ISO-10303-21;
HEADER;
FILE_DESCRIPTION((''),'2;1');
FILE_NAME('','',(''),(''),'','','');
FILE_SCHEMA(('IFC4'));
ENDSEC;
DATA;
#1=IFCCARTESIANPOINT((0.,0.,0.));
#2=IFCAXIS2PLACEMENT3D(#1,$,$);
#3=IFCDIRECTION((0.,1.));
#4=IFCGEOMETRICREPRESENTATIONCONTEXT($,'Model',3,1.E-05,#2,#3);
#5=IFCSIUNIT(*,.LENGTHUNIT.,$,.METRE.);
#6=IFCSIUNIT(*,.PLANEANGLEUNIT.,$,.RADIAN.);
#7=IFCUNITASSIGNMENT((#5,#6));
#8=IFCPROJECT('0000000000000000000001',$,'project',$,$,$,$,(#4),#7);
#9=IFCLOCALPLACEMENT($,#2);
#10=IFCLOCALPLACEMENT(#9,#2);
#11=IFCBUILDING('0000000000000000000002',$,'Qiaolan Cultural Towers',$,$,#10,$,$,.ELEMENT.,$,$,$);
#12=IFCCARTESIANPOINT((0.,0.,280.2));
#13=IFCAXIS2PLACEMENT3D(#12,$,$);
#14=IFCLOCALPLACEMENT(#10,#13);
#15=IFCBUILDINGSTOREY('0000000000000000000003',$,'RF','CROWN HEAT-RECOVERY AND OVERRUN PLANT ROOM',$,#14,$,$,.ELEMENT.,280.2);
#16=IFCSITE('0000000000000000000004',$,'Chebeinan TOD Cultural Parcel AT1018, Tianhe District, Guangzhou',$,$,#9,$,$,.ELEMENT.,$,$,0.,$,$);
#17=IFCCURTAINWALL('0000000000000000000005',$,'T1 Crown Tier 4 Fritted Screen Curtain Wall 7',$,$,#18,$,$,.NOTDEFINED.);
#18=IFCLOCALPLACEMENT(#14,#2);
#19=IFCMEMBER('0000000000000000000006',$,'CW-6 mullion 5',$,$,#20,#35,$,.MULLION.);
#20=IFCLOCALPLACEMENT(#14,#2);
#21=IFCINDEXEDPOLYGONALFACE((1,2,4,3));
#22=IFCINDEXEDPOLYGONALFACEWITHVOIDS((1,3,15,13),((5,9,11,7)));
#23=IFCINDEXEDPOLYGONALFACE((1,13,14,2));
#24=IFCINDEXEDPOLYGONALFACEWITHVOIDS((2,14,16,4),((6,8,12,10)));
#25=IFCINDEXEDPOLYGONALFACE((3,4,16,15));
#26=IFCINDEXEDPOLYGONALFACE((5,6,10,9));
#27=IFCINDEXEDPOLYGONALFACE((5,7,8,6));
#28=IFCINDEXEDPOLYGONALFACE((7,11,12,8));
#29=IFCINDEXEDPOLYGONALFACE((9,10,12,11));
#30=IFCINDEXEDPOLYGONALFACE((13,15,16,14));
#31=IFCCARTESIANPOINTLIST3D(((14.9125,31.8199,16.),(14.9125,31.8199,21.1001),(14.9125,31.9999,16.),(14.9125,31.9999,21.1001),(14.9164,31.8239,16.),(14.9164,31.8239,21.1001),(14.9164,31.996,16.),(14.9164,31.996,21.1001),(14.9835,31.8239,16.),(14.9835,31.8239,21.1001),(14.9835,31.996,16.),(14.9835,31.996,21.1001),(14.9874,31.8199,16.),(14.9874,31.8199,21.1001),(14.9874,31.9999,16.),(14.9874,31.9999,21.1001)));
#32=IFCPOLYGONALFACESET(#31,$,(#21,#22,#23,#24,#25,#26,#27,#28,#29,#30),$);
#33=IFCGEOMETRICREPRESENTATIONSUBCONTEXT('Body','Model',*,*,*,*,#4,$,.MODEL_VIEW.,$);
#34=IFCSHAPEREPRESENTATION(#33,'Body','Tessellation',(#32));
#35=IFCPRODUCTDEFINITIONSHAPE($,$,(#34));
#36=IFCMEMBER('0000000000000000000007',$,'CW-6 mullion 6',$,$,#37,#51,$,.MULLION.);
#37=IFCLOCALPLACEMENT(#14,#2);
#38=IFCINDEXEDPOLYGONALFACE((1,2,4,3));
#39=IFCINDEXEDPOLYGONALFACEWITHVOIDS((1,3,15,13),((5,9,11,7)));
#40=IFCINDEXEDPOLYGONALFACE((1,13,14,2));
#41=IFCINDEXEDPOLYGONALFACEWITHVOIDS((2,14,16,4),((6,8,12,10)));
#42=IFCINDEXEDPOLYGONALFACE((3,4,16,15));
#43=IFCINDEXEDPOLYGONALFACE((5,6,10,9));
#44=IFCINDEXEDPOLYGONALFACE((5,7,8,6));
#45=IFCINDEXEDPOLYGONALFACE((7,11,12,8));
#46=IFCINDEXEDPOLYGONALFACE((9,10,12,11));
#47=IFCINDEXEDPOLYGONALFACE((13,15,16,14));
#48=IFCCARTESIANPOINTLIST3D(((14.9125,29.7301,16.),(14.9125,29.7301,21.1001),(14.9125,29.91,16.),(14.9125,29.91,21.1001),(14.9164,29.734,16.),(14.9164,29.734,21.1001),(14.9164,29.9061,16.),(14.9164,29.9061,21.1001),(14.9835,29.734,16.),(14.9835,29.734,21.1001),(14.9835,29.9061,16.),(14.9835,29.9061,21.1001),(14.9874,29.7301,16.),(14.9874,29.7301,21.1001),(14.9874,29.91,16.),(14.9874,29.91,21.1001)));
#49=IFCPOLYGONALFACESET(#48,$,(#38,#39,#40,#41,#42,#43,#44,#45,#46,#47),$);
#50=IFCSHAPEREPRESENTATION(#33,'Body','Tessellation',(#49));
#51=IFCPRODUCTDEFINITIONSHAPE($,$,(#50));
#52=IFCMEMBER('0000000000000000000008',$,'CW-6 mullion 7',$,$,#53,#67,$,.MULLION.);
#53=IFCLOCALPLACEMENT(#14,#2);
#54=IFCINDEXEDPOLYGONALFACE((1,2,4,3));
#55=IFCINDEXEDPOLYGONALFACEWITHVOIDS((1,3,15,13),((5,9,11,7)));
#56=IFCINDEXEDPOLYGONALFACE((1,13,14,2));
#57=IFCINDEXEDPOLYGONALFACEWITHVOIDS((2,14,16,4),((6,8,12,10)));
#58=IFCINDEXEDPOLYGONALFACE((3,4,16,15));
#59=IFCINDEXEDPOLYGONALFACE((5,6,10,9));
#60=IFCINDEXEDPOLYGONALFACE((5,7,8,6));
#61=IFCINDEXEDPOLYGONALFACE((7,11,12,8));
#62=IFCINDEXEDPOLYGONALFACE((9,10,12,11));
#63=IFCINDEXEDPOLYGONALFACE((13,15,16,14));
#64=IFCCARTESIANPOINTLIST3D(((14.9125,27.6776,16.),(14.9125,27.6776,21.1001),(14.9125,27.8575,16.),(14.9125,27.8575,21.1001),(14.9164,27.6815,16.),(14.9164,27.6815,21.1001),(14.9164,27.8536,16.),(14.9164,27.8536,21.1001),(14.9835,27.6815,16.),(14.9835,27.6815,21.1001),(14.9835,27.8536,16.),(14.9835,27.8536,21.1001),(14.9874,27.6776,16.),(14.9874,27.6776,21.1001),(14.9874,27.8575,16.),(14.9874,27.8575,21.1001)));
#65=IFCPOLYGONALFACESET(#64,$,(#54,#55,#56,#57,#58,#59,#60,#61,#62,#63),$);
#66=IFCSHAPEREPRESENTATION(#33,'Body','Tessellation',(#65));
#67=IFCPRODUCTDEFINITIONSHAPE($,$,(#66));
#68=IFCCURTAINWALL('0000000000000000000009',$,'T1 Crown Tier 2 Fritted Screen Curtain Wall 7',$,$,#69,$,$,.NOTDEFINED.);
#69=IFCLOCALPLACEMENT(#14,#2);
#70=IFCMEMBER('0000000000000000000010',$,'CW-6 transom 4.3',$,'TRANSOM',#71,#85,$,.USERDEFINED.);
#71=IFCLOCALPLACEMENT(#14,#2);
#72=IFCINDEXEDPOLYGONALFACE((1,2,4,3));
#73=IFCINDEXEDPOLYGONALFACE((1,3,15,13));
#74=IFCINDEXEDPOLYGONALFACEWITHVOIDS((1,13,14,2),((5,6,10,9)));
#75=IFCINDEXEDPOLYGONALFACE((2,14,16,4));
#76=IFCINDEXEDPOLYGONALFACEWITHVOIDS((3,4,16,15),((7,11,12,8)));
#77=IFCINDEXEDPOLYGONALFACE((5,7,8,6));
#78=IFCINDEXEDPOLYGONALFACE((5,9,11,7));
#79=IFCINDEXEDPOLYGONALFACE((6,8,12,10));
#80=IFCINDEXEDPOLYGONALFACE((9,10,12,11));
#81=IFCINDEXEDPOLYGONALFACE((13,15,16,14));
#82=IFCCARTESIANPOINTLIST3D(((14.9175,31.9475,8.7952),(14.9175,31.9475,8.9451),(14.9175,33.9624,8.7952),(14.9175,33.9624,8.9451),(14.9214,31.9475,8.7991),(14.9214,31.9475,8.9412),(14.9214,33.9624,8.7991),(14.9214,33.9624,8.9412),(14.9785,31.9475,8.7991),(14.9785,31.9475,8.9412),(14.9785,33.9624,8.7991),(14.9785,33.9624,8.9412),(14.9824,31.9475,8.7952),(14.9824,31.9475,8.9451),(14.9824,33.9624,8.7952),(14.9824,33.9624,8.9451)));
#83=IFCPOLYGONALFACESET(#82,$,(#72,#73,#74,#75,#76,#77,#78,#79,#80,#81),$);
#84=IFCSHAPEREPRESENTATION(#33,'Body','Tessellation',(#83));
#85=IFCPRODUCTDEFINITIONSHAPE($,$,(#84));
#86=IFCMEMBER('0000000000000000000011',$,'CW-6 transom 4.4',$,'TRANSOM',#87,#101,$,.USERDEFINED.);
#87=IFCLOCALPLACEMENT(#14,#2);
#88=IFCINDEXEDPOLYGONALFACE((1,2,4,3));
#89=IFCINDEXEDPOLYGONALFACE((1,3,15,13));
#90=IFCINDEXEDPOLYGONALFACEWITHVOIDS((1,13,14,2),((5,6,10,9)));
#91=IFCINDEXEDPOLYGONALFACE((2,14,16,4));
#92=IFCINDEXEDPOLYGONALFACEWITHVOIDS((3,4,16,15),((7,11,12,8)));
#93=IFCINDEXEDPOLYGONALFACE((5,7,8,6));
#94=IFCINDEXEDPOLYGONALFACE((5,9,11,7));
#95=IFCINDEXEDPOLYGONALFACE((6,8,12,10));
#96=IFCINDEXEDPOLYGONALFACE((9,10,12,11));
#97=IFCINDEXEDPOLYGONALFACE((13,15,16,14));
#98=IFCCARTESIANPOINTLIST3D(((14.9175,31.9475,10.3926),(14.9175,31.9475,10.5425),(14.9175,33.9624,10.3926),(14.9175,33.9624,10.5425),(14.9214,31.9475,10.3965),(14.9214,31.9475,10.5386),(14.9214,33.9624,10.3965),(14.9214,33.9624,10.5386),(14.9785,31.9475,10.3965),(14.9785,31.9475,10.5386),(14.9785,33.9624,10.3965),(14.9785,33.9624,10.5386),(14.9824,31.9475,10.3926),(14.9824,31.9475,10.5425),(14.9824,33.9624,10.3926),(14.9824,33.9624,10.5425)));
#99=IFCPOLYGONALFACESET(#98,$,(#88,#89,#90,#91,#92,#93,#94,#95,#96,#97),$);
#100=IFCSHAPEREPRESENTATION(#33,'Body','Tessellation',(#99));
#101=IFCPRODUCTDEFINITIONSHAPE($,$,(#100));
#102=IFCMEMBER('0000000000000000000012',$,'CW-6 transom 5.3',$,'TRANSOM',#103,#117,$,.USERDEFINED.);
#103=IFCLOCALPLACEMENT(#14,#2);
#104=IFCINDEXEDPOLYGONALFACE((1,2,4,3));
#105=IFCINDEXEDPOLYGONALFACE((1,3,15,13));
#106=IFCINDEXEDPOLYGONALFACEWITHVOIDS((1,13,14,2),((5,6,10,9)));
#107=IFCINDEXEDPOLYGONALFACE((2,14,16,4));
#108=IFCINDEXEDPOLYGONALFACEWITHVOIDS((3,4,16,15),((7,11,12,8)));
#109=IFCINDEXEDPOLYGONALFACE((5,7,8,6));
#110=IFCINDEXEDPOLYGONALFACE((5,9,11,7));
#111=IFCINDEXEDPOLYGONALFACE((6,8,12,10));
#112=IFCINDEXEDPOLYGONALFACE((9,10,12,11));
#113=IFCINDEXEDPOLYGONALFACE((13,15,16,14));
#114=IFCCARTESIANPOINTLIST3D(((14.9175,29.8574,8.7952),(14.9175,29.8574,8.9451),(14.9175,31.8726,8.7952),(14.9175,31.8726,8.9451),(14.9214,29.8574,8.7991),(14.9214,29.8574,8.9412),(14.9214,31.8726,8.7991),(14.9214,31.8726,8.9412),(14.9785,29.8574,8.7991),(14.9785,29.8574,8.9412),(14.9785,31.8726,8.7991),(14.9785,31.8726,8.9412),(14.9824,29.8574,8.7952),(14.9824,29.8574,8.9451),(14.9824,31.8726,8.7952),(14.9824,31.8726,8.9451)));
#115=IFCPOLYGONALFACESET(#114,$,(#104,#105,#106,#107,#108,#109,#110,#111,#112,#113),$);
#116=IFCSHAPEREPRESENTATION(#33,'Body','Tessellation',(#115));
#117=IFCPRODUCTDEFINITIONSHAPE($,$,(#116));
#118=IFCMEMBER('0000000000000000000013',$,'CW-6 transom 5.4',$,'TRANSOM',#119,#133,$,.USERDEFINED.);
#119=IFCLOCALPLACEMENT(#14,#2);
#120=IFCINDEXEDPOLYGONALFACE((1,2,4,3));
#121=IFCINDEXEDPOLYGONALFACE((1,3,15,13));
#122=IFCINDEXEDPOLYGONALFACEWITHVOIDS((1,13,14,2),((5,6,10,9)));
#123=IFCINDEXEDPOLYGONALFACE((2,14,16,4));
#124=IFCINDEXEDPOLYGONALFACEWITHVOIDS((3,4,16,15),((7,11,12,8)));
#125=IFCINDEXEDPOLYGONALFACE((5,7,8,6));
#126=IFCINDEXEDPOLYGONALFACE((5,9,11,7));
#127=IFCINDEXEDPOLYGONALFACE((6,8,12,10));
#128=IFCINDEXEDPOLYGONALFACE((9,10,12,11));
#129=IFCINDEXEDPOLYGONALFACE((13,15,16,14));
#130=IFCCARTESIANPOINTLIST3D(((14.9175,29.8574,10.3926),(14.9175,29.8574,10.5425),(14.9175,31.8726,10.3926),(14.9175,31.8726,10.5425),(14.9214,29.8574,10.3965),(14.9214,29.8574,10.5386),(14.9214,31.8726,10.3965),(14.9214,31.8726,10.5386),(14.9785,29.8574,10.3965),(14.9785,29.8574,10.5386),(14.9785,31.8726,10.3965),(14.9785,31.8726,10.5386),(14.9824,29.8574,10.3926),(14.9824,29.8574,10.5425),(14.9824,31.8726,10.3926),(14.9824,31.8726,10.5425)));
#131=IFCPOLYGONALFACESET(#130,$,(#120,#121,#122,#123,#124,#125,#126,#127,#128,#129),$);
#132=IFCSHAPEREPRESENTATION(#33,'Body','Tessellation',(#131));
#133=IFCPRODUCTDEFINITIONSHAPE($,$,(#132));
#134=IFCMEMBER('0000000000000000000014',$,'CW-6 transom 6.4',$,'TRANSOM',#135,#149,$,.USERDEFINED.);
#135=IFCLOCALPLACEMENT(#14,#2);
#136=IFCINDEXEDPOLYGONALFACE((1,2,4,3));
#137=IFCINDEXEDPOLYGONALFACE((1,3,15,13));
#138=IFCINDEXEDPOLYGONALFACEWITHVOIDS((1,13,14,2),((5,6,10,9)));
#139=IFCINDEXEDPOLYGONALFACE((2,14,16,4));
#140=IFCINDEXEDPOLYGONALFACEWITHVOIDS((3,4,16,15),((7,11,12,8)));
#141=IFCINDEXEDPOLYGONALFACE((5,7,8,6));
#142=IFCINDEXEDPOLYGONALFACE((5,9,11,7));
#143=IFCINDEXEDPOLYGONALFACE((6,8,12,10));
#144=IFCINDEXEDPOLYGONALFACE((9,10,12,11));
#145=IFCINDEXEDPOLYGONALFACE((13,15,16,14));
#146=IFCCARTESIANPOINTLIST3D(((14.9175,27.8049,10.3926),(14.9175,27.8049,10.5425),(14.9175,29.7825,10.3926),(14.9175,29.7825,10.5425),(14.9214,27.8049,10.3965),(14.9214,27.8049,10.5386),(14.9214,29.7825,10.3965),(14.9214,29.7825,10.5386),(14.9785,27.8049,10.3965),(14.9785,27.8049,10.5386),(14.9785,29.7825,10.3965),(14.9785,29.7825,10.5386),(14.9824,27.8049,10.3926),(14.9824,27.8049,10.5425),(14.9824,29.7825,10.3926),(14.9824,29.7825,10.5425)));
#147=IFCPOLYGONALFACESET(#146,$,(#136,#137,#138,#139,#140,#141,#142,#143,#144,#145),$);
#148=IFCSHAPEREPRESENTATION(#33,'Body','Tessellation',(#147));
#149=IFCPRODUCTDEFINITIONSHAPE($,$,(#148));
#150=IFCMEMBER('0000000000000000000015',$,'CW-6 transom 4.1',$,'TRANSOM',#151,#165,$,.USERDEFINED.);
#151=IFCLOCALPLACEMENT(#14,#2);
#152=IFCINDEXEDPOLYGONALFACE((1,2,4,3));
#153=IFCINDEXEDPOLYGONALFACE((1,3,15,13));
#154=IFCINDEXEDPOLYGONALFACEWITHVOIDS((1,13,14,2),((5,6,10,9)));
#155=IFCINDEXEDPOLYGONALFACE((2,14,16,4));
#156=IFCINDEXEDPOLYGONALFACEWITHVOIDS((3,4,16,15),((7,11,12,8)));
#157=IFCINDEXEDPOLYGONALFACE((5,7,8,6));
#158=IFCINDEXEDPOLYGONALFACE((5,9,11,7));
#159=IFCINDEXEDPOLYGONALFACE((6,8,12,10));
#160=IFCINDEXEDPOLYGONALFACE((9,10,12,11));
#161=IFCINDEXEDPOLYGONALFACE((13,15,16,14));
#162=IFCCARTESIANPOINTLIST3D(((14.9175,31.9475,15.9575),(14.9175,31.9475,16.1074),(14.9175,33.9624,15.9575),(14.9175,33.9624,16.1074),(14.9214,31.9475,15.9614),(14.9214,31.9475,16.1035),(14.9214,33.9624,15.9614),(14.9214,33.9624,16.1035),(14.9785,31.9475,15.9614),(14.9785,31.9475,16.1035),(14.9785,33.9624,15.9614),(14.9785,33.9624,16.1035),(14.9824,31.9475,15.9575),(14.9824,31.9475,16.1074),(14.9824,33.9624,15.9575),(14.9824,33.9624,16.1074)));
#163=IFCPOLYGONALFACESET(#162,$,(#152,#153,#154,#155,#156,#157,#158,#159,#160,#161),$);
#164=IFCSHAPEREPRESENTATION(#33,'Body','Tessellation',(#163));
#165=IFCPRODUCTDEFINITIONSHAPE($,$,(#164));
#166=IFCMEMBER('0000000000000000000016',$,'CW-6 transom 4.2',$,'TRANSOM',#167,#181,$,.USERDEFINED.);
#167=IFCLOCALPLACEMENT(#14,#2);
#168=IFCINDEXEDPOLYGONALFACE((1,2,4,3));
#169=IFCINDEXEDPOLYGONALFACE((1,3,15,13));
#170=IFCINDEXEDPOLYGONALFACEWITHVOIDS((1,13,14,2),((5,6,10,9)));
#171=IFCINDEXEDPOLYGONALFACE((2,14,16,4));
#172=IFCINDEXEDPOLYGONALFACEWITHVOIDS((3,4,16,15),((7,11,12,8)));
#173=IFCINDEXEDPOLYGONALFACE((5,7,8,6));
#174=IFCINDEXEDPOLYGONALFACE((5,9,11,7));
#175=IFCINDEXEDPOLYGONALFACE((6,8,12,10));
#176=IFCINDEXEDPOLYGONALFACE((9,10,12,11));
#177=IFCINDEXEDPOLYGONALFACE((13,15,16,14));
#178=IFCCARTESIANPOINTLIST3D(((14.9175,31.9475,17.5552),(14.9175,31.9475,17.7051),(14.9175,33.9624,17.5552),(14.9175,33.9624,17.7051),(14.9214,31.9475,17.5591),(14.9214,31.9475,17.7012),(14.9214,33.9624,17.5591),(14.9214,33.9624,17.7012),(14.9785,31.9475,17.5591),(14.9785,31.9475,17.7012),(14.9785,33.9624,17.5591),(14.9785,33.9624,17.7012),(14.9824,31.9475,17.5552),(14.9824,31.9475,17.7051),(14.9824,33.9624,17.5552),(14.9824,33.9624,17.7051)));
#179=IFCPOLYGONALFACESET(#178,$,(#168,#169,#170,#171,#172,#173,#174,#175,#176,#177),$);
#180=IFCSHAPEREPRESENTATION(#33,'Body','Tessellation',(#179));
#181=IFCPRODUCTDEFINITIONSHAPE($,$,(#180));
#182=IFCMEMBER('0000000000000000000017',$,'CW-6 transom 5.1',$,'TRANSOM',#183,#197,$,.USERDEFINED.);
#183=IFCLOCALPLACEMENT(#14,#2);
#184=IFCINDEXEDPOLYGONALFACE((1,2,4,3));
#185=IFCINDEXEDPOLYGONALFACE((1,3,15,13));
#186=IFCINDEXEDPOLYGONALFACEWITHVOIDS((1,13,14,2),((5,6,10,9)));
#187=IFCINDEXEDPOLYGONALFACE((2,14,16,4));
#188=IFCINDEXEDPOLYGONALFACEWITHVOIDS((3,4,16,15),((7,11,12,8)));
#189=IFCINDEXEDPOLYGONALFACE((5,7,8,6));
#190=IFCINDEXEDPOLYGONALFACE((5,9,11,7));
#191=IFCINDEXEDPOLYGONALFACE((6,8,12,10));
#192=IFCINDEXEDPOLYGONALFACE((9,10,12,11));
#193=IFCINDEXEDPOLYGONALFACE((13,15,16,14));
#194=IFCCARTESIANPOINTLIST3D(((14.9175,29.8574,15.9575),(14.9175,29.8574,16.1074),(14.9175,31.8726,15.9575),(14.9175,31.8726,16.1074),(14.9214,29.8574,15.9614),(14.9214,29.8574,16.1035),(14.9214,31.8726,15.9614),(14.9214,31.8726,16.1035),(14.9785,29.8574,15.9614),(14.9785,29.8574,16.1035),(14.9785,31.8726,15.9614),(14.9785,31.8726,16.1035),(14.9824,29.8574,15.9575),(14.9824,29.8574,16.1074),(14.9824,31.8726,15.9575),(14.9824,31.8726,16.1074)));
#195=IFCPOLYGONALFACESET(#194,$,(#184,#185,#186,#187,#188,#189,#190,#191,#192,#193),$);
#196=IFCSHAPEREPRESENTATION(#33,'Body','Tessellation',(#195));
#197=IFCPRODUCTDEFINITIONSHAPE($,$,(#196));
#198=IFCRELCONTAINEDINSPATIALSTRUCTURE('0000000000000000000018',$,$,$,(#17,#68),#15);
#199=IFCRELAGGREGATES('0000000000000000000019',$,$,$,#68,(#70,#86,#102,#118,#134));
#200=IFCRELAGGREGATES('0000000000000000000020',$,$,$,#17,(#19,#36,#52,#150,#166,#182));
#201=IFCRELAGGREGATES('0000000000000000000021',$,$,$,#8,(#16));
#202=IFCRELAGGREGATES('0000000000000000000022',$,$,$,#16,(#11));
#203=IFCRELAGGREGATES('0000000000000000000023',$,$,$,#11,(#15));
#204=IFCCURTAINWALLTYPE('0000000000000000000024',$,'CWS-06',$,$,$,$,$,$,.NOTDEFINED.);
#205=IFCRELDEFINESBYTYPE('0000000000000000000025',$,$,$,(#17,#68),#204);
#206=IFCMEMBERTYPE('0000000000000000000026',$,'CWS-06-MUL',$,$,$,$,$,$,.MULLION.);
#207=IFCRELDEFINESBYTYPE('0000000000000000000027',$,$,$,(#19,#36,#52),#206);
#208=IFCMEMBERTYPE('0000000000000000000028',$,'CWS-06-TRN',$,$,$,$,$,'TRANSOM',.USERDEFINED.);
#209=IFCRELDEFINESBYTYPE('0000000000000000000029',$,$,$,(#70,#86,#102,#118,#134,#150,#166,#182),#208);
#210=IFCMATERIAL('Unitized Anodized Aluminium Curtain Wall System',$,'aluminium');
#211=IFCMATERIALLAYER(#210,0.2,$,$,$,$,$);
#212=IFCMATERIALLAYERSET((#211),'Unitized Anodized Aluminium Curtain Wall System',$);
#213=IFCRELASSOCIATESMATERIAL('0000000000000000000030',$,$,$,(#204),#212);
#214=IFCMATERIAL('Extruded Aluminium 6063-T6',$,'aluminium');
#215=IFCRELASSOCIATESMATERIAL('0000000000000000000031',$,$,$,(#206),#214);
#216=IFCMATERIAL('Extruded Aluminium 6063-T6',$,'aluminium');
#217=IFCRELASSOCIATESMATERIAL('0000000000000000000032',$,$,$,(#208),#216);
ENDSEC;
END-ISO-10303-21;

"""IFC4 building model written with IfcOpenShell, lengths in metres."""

from ifc_helpers import new_model, si_unit, direction, frame, origin, origin_2d, place, context, subcontext, project, spatial, hollow_rectangle, extrude, material, layer, layer_set, material_profile, profile_set, type_object, element, aggregate, save


model = new_model("IFC4")

# Units and contexts
model_context = context("Model", 3, precision=1e-05, world=origin(), true_north=direction((0.0, 1.0)))
body_context = subcontext(model_context, "Body", "Model", "MODEL_VIEW")
ifc_project = project(units=[si_unit("LENGTHUNIT", "METRE"), si_unit("PLANEANGLEUNIT", "RADIAN")], contexts=[model_context])

# Site, building, storey
site_placement = place(None, origin())
site = spatial("IfcSite", under=ifc_project, at=site_placement, Name="Chebeinan TOD Cultural Parcel AT1018, Tianhe District, Guangzhou", CompositionType="ELEMENT", RefElevation=0.0)
building_placement = place(site_placement, origin())
building = spatial("IfcBuilding", under=site, at=building_placement, Name="Qiaolan Cultural Towers", CompositionType="ELEMENT")
storey_placement = place(building_placement, frame((0.0, 0.0, 280.2)))
storey = spatial("IfcBuildingStorey", under=building, at=storey_placement, Name="RF", Description="CROWN HEAT-RECOVERY AND OVERRUN PLANT ROOM", CompositionType="ELEMENT", Elevation=280.2)

# Curtain walls, members
ifc_material_1 = material(Name="Unitized Anodized Aluminium Curtain Wall System", Category="aluminium")
ifc_layer_1 = layer(ifc_material_1, 0.2)
ifc_layer_set_1 = layer_set([ifc_layer_1], Name="Unitized Anodized Aluminium Curtain Wall System")
curtain_wall_type = type_object("IfcCurtainWallType", Name="CWS-06", PredefinedType="NOTDEFINED", material=ifc_layer_set_1)
curtain_wall_1_placement = place(storey_placement, origin())
curtain_wall_1 = element("IfcCurtainWall", 1, at=curtain_wall_1_placement, inside=storey, type_object=curtain_wall_type, Name="T1 Crown Tier 4 Fritted Screen Curtain Wall 7", PredefinedType="NOTDEFINED")
ifc_material_2 = material(Name="Extruded Aluminium 6063-T6", Category="aluminium")
ifc_material_profile_1 = material_profile(ifc_material_2, hollow_rectangle(XDim=0.075, YDim=0.1799, WallThickness=0.0039, at=origin_2d()), Name="CWM-180x75x4")
ifc_profile_set_1 = profile_set([ifc_material_profile_1], Name="Extruded Aluminium 6063-T6")
member_type_1 = type_object("IfcMemberType", Name="CWS-06-MUL", PredefinedType="MULLION", material=ifc_profile_set_1)
member_1_placement = place(storey_placement, frame((14.95, 31.9099, 16.0), z_axis=(0.0, 0.0, 1.0), x_axis=(1.0, 0.0, 0.0)))
member_1 = element("IfcMember", 2, at=member_1_placement, type_object=member_type_1, Name="CW-6 mullion 5", PredefinedType="MULLION", context=body_context, shape_type="SweptSolid", body=[
    extrude(hollow_rectangle(XDim=0.075, YDim=0.1799, WallThickness=0.0039, at=origin_2d()), origin(), (0.0, 0.0, 1.0), 5.1001),
])
member_2_placement = place(storey_placement, frame((14.95, 29.8201, 16.0), z_axis=(0.0, 0.0, 1.0), x_axis=(1.0, 0.0, 0.0)))
member_2 = element("IfcMember", 3, at=member_2_placement, type_object=member_type_1, Name="CW-6 mullion 6", PredefinedType="MULLION", context=body_context, shape_type="SweptSolid", body=[
    extrude(hollow_rectangle(XDim=0.075, YDim=0.1799, WallThickness=0.0039, at=origin_2d()), origin(), (0.0, 0.0, 1.0), 5.1001),
])
member_3_placement = place(storey_placement, frame((14.95, 27.7676, 16.0), z_axis=(0.0, 0.0, 1.0), x_axis=(1.0, 0.0, 0.0)))
member_3 = element("IfcMember", 4, at=member_3_placement, type_object=member_type_1, Name="CW-6 mullion 7", PredefinedType="MULLION", context=body_context, shape_type="SweptSolid", body=[
    extrude(hollow_rectangle(XDim=0.075, YDim=0.1799, WallThickness=0.0039, at=origin_2d()), origin(), (0.0, 0.0, 1.0), 5.1001),
])
curtain_wall_2_placement = place(storey_placement, origin())
curtain_wall_2 = element("IfcCurtainWall", 5, at=curtain_wall_2_placement, inside=storey, type_object=curtain_wall_type, Name="T1 Crown Tier 2 Fritted Screen Curtain Wall 7", PredefinedType="NOTDEFINED")
ifc_material_3 = material(Name="Extruded Aluminium 6063-T6", Category="aluminium")
ifc_material_profile_2 = material_profile(ifc_material_3, hollow_rectangle(XDim=0.0649, YDim=0.1499, WallThickness=0.0039, at=origin_2d()), Name="CWT-150x65x4")
ifc_profile_set_2 = profile_set([ifc_material_profile_2], Name="Extruded Aluminium 6063-T6")
member_type_2 = type_object("IfcMemberType", Name="CWS-06-TRN", ElementType="TRANSOM", PredefinedType="USERDEFINED", material=ifc_profile_set_2)
member_4_placement = place(storey_placement, frame((14.95, 33.9624, 8.8701), z_axis=(0.0, -1.0, 0.0), x_axis=(1.0, 0.0, 0.0)))
member_4 = element("IfcMember", 6, at=member_4_placement, type_object=member_type_2, Name="CW-6 transom 4.3", ObjectType="TRANSOM", PredefinedType="USERDEFINED", context=body_context, shape_type="SweptSolid", body=[
    extrude(hollow_rectangle(XDim=0.0649, YDim=0.1499, WallThickness=0.0039, at=origin_2d()), origin(), (0.0, 0.0, 1.0), 2.0149),
])
member_5_placement = place(storey_placement, frame((14.95, 33.9624, 10.4675), z_axis=(0.0, -1.0, 0.0), x_axis=(1.0, 0.0, 0.0)))
member_5 = element("IfcMember", 7, at=member_5_placement, type_object=member_type_2, Name="CW-6 transom 4.4", ObjectType="TRANSOM", PredefinedType="USERDEFINED", context=body_context, shape_type="SweptSolid", body=[
    extrude(hollow_rectangle(XDim=0.0649, YDim=0.1499, WallThickness=0.0039, at=origin_2d()), origin(), (0.0, 0.0, 1.0), 2.0149),
])
member_6_placement = place(storey_placement, frame((14.95, 31.8726, 8.8701), z_axis=(0.0, -1.0, 0.0), x_axis=(1.0, 0.0, 0.0)))
member_6 = element("IfcMember", 8, at=member_6_placement, type_object=member_type_2, Name="CW-6 transom 5.3", ObjectType="TRANSOM", PredefinedType="USERDEFINED", context=body_context, shape_type="SweptSolid", body=[
    extrude(hollow_rectangle(XDim=0.0649, YDim=0.1499, WallThickness=0.0039, at=origin_2d()), origin(), (0.0, 0.0, 1.0), 2.0151),
])
member_7_placement = place(storey_placement, frame((14.95, 31.8726, 10.4675), z_axis=(0.0, -1.0, 0.0), x_axis=(1.0, 0.0, 0.0)))
member_7 = element("IfcMember", 9, at=member_7_placement, type_object=member_type_2, Name="CW-6 transom 5.4", ObjectType="TRANSOM", PredefinedType="USERDEFINED", context=body_context, shape_type="SweptSolid", body=[
    extrude(hollow_rectangle(XDim=0.0649, YDim=0.1499, WallThickness=0.0039, at=origin_2d()), origin(), (0.0, 0.0, 1.0), 2.0151),
])
member_8_placement = place(storey_placement, frame((14.95, 29.7825, 10.4675), z_axis=(0.0, -1.0, 0.0), x_axis=(1.0, 0.0, 0.0)))
member_8 = element("IfcMember", 10, at=member_8_placement, type_object=member_type_2, Name="CW-6 transom 6.4", ObjectType="TRANSOM", PredefinedType="USERDEFINED", context=body_context, shape_type="SweptSolid", body=[
    extrude(hollow_rectangle(XDim=0.0649, YDim=0.1499, WallThickness=0.0039, at=origin_2d()), origin(), (0.0, 0.0, 1.0), 1.9775),
])

# Members
member_9_placement = place(storey_placement, frame((14.95, 33.9624, 16.0325), z_axis=(0.0, -1.0, 0.0), x_axis=(1.0, 0.0, 0.0)))
member_9 = element("IfcMember", 11, at=member_9_placement, type_object=member_type_2, Name="CW-6 transom 4.1", ObjectType="TRANSOM", PredefinedType="USERDEFINED", context=body_context, shape_type="SweptSolid", body=[
    extrude(hollow_rectangle(XDim=0.0649, YDim=0.1499, WallThickness=0.0039, at=origin_2d()), origin(), (0.0, 0.0, 1.0), 2.0149),
])
member_10_placement = place(storey_placement, frame((14.95, 33.9624, 17.6301), z_axis=(0.0, -1.0, 0.0), x_axis=(1.0, 0.0, 0.0)))
member_10 = element("IfcMember", 12, at=member_10_placement, type_object=member_type_2, Name="CW-6 transom 4.2", ObjectType="TRANSOM", PredefinedType="USERDEFINED", context=body_context, shape_type="SweptSolid", body=[
    extrude(hollow_rectangle(XDim=0.0649, YDim=0.1499, WallThickness=0.0039, at=origin_2d()), origin(), (0.0, 0.0, 1.0), 2.0149),
])
member_11_placement = place(storey_placement, frame((14.95, 31.8726, 16.0325), z_axis=(0.0, -1.0, 0.0), x_axis=(1.0, 0.0, 0.0)))
member_11 = element("IfcMember", 13, at=member_11_placement, type_object=member_type_2, Name="CW-6 transom 5.1", ObjectType="TRANSOM", PredefinedType="USERDEFINED", context=body_context, shape_type="SweptSolid", body=[
    extrude(hollow_rectangle(XDim=0.0649, YDim=0.1499, WallThickness=0.0039, at=origin_2d()), origin(), (0.0, 0.0, 1.0), 2.0151),
])

aggregate(curtain_wall_2, [member_4, member_5, member_6, member_7, member_8])
aggregate(curtain_wall_1, [member_1, member_2, member_3, member_9, member_10, member_11])

save(model, "model.ifc")
